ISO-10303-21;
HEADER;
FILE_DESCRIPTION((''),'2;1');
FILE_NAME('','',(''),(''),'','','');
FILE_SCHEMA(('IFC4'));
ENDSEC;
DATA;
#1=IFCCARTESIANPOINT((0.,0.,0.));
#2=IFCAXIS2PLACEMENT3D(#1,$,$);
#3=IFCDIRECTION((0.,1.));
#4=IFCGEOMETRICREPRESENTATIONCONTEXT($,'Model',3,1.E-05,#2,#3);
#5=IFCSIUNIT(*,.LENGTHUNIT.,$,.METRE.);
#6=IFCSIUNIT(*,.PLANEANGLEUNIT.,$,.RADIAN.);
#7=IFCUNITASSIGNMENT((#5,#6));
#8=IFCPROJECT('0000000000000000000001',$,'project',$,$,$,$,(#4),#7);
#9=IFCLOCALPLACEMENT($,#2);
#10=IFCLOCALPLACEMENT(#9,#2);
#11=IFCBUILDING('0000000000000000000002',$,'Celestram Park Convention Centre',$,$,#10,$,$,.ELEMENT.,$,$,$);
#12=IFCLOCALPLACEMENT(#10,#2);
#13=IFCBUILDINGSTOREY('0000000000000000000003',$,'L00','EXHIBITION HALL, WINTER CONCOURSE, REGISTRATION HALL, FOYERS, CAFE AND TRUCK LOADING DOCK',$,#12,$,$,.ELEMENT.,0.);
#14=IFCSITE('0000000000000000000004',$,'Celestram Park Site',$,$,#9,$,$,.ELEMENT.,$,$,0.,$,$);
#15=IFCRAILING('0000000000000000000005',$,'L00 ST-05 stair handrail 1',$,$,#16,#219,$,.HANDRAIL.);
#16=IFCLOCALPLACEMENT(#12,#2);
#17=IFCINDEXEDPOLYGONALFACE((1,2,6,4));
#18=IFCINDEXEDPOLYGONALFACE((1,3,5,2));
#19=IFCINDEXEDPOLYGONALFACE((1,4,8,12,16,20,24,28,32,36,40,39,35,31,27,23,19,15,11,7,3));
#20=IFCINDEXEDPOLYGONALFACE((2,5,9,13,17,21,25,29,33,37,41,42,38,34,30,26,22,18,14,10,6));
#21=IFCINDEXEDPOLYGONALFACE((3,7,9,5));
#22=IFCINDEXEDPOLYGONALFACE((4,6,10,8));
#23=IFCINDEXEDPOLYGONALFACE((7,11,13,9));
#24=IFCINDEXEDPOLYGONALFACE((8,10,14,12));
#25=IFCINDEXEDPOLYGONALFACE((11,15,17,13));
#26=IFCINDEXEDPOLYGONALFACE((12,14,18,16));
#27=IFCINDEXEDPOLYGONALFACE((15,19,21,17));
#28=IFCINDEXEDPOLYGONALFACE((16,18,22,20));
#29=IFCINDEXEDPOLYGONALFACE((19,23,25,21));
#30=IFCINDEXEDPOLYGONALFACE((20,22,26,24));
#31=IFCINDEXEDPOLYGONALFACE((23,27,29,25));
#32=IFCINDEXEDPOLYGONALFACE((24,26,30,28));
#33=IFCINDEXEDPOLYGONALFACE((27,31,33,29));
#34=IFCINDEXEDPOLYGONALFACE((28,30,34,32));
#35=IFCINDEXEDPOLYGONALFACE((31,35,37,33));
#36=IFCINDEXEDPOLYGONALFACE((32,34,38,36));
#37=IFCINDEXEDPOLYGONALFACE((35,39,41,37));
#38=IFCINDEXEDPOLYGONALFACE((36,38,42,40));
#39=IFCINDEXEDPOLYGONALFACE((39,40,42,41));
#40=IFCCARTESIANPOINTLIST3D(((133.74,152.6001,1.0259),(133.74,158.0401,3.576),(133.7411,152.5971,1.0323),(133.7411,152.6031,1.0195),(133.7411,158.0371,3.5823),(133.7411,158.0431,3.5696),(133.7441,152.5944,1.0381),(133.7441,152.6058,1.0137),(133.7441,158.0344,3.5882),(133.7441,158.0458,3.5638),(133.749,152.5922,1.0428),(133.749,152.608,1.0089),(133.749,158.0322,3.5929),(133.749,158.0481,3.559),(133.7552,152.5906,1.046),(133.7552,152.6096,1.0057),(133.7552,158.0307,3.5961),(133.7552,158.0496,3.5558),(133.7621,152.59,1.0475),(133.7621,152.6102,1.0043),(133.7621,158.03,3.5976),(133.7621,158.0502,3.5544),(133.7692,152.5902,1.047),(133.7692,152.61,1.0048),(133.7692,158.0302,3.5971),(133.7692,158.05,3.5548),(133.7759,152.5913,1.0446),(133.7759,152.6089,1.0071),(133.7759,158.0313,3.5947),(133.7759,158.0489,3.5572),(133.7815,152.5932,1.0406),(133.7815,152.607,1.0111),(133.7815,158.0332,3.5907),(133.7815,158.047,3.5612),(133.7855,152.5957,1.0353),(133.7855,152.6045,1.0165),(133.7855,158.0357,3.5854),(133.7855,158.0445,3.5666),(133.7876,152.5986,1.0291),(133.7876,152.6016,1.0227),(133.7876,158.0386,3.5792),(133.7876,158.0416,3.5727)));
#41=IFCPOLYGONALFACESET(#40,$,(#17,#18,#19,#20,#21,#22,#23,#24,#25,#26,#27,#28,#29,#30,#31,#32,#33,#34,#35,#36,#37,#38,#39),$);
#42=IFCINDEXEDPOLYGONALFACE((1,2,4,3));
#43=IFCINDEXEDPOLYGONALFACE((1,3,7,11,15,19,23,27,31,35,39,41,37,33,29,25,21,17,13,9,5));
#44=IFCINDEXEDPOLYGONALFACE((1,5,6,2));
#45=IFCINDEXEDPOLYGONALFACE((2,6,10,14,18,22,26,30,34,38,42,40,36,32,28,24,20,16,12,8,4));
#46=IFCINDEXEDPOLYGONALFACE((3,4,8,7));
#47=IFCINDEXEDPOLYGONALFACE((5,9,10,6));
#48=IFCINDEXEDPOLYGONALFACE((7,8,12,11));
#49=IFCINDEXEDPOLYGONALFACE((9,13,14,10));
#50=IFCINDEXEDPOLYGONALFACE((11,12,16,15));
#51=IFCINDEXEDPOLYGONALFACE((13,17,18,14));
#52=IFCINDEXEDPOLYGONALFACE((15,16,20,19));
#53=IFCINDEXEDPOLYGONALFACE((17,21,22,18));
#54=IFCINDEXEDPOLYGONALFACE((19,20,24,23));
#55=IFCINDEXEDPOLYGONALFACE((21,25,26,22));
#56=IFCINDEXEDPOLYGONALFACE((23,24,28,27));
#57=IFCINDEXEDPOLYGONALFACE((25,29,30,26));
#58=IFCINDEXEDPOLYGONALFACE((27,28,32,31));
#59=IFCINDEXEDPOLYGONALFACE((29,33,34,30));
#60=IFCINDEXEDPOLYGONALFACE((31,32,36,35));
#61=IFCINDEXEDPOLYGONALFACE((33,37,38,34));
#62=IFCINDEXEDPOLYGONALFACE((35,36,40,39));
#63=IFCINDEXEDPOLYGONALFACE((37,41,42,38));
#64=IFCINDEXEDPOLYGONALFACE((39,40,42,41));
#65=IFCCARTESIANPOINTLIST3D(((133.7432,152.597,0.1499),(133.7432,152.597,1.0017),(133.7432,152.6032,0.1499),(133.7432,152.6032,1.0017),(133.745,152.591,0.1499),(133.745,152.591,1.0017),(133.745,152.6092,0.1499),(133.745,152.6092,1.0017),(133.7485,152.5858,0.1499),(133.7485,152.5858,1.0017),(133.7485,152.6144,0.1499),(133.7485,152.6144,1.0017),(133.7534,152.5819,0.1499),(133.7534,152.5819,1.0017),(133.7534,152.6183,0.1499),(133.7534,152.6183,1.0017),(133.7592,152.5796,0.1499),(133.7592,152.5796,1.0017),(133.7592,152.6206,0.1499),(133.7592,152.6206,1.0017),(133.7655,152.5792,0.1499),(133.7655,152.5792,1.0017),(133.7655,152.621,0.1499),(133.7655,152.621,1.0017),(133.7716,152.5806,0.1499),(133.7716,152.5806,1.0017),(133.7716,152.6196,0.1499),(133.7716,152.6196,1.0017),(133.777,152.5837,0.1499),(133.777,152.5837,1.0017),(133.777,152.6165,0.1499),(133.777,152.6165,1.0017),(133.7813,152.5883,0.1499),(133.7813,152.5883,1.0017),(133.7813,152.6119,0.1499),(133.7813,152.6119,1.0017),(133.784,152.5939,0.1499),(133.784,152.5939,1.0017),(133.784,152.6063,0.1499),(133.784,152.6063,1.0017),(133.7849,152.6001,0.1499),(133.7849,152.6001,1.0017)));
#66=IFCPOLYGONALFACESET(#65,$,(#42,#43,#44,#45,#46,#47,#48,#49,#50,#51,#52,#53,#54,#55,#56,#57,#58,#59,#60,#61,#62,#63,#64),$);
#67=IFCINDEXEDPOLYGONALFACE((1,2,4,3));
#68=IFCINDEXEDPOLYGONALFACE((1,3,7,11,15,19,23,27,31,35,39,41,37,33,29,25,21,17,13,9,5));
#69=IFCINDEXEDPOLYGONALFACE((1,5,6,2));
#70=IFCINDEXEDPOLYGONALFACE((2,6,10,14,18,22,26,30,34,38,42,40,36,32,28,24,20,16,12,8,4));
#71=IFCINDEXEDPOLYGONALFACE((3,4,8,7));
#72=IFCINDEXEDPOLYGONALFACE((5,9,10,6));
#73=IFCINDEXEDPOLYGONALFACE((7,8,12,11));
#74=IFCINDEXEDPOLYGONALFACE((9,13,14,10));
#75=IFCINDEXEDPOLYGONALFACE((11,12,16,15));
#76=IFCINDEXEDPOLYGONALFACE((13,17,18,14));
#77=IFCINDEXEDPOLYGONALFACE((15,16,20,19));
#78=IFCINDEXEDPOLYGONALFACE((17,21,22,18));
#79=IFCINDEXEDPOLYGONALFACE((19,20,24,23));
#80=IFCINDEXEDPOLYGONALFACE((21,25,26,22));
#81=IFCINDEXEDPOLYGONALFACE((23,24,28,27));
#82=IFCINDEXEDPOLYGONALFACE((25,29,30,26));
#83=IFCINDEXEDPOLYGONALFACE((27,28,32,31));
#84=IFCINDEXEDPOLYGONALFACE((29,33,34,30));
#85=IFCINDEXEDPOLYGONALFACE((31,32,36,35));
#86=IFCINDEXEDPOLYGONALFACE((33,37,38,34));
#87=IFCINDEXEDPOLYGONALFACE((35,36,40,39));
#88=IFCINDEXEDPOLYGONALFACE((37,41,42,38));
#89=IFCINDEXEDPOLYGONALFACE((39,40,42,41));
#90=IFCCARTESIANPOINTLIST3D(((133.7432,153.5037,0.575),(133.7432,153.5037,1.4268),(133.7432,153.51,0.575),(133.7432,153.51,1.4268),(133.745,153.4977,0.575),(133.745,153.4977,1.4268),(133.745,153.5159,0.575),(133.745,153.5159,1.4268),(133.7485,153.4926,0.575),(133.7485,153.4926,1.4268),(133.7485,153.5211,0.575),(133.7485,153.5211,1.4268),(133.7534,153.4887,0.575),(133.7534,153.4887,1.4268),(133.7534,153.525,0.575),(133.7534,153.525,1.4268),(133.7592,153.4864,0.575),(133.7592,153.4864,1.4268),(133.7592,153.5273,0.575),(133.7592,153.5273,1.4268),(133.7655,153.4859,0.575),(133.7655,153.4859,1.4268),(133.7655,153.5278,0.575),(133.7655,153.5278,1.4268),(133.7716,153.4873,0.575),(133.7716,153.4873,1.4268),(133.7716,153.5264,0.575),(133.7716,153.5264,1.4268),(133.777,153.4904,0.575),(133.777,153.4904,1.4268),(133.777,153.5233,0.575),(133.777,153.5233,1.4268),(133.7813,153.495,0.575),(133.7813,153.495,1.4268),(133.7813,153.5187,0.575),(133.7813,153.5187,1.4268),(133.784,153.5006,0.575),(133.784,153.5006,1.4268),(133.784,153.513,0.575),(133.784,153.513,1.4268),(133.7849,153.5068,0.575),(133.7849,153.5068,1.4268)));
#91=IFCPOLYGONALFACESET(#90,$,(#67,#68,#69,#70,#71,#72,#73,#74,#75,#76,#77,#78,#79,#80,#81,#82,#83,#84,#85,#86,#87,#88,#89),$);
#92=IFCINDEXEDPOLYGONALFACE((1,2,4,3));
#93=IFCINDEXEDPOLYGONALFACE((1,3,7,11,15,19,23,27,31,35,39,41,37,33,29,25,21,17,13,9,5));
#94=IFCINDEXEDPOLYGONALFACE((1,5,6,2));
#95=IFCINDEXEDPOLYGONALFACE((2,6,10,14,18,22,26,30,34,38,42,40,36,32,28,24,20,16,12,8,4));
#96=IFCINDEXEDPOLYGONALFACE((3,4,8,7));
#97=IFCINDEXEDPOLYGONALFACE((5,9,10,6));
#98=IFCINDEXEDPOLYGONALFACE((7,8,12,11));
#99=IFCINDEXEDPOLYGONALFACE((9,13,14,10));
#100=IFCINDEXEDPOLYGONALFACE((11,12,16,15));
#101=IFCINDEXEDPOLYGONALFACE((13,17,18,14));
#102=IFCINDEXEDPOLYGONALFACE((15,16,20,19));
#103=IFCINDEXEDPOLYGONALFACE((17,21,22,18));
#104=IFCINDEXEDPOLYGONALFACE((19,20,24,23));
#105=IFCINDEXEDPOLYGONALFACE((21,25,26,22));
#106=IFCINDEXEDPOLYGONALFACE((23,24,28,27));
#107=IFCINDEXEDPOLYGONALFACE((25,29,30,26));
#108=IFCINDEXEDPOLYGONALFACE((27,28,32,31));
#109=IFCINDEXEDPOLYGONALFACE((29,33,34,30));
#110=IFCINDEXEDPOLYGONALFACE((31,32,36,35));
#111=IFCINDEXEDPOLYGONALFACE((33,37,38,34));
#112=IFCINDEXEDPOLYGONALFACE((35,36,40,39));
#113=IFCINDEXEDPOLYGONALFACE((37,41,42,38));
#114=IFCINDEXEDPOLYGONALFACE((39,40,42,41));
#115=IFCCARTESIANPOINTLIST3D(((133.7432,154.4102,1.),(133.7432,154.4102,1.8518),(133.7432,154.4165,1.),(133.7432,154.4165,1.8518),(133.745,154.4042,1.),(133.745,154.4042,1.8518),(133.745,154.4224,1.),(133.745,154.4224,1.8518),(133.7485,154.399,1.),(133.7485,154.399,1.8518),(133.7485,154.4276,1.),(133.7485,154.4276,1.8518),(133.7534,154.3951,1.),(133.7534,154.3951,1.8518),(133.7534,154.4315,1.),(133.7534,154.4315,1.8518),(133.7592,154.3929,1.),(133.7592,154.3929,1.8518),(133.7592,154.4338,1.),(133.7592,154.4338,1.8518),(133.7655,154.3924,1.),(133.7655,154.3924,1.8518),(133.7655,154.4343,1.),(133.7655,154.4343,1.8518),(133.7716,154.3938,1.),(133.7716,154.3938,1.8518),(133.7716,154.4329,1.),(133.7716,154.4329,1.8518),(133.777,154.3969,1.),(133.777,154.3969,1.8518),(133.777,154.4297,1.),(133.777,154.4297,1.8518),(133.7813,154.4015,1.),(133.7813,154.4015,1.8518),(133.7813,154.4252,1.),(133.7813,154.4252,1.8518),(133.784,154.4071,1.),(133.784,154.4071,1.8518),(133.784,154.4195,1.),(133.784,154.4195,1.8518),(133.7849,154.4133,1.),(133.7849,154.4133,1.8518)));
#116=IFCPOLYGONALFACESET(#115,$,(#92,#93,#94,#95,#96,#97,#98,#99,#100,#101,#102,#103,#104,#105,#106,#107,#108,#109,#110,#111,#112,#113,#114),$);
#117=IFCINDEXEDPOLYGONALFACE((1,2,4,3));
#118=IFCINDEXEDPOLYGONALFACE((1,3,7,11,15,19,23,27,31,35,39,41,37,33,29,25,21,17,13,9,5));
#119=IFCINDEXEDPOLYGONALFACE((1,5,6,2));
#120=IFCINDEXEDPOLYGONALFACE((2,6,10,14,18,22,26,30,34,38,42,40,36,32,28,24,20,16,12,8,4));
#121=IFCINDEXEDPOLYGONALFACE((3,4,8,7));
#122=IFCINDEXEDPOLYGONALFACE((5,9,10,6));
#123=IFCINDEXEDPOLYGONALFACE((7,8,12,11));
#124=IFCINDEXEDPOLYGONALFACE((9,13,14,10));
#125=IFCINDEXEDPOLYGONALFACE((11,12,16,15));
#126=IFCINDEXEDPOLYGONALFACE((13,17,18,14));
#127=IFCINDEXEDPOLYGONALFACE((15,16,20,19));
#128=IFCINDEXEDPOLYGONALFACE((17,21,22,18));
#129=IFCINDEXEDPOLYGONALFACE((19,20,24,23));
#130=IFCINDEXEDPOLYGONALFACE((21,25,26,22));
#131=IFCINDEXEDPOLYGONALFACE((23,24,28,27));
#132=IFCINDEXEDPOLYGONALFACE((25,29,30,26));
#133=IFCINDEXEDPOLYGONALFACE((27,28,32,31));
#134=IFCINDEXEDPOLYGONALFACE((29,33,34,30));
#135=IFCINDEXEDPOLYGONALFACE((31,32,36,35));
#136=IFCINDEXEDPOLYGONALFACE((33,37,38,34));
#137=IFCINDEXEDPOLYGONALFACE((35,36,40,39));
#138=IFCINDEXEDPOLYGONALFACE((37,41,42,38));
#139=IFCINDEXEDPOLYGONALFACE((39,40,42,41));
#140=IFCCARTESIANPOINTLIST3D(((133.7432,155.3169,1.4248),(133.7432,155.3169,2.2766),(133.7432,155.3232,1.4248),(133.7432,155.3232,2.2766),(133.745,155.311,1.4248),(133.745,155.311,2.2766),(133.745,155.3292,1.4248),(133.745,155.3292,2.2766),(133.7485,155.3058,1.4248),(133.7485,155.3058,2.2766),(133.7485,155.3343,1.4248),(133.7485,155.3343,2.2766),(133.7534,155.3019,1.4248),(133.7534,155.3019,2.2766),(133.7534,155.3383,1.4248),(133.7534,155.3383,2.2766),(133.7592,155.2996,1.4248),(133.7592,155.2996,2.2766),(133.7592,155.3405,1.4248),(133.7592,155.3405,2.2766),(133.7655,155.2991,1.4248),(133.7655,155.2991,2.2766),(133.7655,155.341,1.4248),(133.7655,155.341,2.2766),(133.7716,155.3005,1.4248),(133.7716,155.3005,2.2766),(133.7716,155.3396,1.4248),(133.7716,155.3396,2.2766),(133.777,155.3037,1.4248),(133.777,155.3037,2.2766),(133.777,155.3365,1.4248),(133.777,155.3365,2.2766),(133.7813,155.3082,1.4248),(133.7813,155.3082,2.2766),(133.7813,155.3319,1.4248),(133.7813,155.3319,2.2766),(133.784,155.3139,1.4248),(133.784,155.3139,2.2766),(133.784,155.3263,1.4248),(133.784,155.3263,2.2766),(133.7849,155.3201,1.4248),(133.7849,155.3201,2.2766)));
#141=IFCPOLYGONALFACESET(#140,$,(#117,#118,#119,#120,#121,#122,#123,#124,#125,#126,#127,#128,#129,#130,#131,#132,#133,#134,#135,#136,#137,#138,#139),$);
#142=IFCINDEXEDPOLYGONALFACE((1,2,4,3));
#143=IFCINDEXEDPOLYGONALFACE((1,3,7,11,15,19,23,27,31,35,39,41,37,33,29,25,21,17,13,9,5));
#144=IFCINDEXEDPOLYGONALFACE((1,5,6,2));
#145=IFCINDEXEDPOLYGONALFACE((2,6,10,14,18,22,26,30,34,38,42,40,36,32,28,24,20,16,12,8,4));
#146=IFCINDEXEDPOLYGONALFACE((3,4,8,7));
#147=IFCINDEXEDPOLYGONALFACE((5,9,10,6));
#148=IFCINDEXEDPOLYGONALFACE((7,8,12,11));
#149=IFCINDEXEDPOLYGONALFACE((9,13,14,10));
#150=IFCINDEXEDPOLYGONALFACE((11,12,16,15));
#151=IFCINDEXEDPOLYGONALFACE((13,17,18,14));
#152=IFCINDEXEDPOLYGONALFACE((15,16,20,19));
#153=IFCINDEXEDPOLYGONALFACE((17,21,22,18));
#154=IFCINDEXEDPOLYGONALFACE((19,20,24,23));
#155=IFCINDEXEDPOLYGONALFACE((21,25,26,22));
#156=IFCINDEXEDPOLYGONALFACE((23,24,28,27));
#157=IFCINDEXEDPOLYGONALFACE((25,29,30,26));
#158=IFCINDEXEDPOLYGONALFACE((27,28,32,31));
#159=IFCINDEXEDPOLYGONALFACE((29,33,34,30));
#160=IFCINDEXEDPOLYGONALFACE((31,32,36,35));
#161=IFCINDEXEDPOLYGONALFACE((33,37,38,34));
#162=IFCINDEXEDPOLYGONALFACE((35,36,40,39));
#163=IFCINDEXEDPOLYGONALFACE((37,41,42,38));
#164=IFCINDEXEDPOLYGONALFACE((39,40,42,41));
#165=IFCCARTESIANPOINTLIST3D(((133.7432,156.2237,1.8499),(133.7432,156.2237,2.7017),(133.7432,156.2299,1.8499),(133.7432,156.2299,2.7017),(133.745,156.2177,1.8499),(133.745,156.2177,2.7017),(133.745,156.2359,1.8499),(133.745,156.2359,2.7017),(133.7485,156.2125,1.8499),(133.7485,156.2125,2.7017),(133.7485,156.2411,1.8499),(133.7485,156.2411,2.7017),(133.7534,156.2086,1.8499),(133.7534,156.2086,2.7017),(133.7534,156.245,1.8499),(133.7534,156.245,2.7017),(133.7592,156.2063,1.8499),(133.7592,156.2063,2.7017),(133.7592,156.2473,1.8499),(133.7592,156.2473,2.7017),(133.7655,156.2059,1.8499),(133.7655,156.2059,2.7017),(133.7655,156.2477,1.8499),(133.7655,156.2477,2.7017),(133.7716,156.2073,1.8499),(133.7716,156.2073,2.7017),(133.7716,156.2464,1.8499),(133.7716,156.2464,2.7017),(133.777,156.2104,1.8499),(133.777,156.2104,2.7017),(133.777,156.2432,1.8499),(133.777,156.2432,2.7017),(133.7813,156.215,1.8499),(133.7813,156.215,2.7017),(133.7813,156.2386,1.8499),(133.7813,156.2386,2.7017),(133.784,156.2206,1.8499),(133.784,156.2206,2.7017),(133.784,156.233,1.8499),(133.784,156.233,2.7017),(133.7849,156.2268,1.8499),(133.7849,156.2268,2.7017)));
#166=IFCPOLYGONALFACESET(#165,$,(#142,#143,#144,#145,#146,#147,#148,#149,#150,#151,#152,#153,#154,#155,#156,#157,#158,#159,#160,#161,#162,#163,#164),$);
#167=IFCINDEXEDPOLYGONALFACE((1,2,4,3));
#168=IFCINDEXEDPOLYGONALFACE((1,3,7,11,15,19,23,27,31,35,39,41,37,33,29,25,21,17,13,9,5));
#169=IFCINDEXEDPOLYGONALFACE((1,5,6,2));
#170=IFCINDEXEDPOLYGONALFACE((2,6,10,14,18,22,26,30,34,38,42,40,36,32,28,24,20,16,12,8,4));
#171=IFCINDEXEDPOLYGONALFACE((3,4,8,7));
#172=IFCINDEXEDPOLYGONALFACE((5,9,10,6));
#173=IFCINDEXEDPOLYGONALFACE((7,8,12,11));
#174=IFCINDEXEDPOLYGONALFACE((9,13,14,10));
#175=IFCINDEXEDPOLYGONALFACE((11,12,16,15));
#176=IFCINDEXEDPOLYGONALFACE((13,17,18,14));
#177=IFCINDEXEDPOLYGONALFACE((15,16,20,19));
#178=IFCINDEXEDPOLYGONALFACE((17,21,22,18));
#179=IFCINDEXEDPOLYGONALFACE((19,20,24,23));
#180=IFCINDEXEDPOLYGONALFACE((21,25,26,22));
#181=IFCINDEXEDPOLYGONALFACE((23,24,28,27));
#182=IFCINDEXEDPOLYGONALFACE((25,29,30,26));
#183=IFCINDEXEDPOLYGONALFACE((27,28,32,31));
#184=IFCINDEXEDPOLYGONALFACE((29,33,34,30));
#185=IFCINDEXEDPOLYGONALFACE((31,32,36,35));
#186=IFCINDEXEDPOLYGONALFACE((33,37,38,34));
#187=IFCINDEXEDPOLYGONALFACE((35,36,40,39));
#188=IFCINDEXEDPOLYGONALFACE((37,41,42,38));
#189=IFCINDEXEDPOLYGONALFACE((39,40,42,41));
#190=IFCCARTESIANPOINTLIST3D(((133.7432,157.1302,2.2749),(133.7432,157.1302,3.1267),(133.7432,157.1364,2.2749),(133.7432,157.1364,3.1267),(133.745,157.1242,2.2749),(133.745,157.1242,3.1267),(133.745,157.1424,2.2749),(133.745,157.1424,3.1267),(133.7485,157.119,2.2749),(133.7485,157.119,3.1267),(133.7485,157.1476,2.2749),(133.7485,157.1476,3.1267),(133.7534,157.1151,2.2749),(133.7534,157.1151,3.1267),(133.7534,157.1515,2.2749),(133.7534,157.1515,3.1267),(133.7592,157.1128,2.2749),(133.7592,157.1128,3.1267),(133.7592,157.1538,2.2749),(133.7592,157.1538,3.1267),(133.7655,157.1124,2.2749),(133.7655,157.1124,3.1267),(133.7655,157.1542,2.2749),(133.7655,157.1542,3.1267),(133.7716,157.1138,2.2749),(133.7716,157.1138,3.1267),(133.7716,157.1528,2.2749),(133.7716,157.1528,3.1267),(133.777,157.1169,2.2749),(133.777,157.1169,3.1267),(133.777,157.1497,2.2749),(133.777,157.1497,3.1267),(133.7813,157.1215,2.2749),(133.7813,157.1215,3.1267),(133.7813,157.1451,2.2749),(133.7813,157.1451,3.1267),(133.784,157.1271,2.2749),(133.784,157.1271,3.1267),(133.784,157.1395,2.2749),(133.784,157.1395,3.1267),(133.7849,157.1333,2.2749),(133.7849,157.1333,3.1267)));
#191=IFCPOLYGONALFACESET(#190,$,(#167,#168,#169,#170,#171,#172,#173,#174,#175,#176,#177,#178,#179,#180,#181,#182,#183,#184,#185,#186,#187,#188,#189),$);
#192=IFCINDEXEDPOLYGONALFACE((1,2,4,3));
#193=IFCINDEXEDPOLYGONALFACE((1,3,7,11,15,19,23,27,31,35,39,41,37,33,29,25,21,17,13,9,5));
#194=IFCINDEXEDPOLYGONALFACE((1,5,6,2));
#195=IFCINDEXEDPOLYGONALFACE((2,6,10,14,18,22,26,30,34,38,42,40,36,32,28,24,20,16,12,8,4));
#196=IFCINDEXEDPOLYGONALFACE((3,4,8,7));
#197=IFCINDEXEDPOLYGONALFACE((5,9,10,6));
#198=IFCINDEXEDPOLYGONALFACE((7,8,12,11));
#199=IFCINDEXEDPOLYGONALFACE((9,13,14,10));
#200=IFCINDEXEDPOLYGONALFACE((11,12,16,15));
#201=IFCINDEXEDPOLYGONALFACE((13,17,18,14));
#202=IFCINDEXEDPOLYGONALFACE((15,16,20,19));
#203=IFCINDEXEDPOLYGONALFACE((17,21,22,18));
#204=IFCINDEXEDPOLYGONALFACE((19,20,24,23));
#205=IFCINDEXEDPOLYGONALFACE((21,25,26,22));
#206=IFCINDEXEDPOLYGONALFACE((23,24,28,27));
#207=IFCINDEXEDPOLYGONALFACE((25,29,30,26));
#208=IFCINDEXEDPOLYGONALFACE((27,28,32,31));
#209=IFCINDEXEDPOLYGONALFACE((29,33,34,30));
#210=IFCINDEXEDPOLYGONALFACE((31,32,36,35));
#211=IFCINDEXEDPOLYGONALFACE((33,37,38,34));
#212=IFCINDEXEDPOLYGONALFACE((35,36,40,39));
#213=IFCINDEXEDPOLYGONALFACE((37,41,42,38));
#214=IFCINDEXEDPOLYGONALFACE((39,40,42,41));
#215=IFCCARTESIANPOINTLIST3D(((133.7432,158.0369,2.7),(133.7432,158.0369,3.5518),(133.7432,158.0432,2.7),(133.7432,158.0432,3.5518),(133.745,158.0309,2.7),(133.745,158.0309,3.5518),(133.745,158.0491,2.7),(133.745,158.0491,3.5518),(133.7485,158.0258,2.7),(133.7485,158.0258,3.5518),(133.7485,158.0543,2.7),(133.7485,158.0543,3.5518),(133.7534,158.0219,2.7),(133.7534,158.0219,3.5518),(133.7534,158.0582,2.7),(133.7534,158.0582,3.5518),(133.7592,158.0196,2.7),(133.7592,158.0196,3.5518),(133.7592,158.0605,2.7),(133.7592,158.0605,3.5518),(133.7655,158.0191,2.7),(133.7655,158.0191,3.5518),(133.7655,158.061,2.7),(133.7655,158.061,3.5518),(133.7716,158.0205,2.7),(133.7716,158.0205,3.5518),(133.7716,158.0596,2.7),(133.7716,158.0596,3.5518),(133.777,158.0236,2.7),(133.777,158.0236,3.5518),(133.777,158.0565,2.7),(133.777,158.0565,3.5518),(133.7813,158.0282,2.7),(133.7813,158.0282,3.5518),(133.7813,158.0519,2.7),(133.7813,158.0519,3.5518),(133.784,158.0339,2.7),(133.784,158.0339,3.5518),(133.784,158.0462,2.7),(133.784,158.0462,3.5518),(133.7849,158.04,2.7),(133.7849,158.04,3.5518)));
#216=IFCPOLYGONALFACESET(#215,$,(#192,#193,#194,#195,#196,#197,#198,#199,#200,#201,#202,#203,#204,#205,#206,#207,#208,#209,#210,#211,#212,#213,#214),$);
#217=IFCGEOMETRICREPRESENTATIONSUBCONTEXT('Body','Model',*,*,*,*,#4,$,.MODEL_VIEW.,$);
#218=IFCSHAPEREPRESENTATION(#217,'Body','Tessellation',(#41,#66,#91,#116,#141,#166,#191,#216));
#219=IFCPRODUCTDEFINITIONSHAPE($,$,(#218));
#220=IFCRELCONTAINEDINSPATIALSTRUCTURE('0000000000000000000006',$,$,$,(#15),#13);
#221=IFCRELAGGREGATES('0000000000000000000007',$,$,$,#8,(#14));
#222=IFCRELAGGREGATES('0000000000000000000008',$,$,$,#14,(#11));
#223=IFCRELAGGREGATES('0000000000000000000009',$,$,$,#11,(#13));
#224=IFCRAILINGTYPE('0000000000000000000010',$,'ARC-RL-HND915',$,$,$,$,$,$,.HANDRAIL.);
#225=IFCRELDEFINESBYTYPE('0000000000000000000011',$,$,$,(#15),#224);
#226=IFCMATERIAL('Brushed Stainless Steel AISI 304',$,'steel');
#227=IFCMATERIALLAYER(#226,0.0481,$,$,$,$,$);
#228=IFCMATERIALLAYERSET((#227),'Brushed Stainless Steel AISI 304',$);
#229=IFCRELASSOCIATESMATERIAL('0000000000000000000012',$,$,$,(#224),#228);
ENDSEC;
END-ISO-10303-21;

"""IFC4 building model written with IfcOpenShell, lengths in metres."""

from ifc_helpers import new_model, si_unit, direction, frame, origin, origin_2d, place, context, subcontext, project, spatial, circle, extrude, material, layer, layer_set, type_object, element, save


model = new_model("IFC4")

# Units and contexts
model_context = context("Model", 3, precision=1e-05, world=origin(), true_north=direction((0.0, 1.0)))
body_context = subcontext(model_context, "Body", "Model", "MODEL_VIEW")
ifc_project = project(units=[si_unit("LENGTHUNIT", "METRE"), si_unit("PLANEANGLEUNIT", "RADIAN")], contexts=[model_context])

# Site, building, storey
site_placement = place(None, origin())
site = spatial("IfcSite", under=ifc_project, at=site_placement, Name="Celestram Park Site", CompositionType="ELEMENT", RefElevation=0.0)
building_placement = place(site_placement, origin())
building = spatial("IfcBuilding", under=site, at=building_placement, Name="Celestram Park Convention Centre", CompositionType="ELEMENT")
storey_placement = place(building_placement, origin())
storey = spatial("IfcBuildingStorey", under=building, at=storey_placement, Name="L00", Description="EXHIBITION HALL, WINTER CONCOURSE, REGISTRATION HALL, FOYERS, CAFE AND TRUCK LOADING DOCK", CompositionType="ELEMENT", Elevation=0.0)

# Railing
ifc_material_1 = material(Name="Brushed Stainless Steel AISI 304", Category="steel")
ifc_layer_1 = layer(ifc_material_1, 0.0481)
ifc_layer_set_1 = layer_set([ifc_layer_1], Name="Brushed Stainless Steel AISI 304")
railing_type_1 = type_object("IfcRailingType", Name="ARC-RL-HND915", PredefinedType="HANDRAIL", material=ifc_layer_set_1)
railing_1_placement = place(storey_placement, frame((133.7639, 152.6001, 0.1499)))
element("IfcRailing", 1, at=railing_1_placement, inside=storey, type_object=railing_type_1, Name="L00 ST-05 stair handrail 1", PredefinedType="HANDRAIL", context=body_context, shape_type="SweptSolid", body=[
    extrude(circle(Radius=0.0239, at=origin_2d()), frame((0.0, 0.0, 0.876), z_axis=(0.0, 0.905454, 0.424444), x_axis=(-1.0, 0.0, 0.0)), (0.0, 0.0, 1.0), 6.0081),
    extrude(circle(Radius=0.021, at=origin_2d()), origin(), (0.0, 0.0, 1.0), 0.8518),
    extrude(circle(Radius=0.021, at=origin_2d()), frame((0.0, 0.9067, 0.425)), (0.0, 0.0, 1.0), 0.8518),
    extrude(circle(Radius=0.021, at=origin_2d()), frame((0.0, 1.8132, 0.8501)), (0.0, 0.0, 1.0), 0.8518),
    extrude(circle(Radius=0.021, at=origin_2d()), frame((0.0, 2.72, 1.2749)), (0.0, 0.0, 1.0), 0.8518),
    extrude(circle(Radius=0.021, at=origin_2d()), frame((0.0, 3.6267, 1.7)), (0.0, 0.0, 1.0), 0.8518),
    extrude(circle(Radius=0.021, at=origin_2d()), frame((0.0, 4.5332, 2.125)), (0.0, 0.0, 1.0), 0.8518),
    extrude(circle(Radius=0.021, at=origin_2d()), frame((0.0, 5.4399, 2.55)), (0.0, 0.0, 1.0), 0.8518),
])

save(model, "model.ifc")
